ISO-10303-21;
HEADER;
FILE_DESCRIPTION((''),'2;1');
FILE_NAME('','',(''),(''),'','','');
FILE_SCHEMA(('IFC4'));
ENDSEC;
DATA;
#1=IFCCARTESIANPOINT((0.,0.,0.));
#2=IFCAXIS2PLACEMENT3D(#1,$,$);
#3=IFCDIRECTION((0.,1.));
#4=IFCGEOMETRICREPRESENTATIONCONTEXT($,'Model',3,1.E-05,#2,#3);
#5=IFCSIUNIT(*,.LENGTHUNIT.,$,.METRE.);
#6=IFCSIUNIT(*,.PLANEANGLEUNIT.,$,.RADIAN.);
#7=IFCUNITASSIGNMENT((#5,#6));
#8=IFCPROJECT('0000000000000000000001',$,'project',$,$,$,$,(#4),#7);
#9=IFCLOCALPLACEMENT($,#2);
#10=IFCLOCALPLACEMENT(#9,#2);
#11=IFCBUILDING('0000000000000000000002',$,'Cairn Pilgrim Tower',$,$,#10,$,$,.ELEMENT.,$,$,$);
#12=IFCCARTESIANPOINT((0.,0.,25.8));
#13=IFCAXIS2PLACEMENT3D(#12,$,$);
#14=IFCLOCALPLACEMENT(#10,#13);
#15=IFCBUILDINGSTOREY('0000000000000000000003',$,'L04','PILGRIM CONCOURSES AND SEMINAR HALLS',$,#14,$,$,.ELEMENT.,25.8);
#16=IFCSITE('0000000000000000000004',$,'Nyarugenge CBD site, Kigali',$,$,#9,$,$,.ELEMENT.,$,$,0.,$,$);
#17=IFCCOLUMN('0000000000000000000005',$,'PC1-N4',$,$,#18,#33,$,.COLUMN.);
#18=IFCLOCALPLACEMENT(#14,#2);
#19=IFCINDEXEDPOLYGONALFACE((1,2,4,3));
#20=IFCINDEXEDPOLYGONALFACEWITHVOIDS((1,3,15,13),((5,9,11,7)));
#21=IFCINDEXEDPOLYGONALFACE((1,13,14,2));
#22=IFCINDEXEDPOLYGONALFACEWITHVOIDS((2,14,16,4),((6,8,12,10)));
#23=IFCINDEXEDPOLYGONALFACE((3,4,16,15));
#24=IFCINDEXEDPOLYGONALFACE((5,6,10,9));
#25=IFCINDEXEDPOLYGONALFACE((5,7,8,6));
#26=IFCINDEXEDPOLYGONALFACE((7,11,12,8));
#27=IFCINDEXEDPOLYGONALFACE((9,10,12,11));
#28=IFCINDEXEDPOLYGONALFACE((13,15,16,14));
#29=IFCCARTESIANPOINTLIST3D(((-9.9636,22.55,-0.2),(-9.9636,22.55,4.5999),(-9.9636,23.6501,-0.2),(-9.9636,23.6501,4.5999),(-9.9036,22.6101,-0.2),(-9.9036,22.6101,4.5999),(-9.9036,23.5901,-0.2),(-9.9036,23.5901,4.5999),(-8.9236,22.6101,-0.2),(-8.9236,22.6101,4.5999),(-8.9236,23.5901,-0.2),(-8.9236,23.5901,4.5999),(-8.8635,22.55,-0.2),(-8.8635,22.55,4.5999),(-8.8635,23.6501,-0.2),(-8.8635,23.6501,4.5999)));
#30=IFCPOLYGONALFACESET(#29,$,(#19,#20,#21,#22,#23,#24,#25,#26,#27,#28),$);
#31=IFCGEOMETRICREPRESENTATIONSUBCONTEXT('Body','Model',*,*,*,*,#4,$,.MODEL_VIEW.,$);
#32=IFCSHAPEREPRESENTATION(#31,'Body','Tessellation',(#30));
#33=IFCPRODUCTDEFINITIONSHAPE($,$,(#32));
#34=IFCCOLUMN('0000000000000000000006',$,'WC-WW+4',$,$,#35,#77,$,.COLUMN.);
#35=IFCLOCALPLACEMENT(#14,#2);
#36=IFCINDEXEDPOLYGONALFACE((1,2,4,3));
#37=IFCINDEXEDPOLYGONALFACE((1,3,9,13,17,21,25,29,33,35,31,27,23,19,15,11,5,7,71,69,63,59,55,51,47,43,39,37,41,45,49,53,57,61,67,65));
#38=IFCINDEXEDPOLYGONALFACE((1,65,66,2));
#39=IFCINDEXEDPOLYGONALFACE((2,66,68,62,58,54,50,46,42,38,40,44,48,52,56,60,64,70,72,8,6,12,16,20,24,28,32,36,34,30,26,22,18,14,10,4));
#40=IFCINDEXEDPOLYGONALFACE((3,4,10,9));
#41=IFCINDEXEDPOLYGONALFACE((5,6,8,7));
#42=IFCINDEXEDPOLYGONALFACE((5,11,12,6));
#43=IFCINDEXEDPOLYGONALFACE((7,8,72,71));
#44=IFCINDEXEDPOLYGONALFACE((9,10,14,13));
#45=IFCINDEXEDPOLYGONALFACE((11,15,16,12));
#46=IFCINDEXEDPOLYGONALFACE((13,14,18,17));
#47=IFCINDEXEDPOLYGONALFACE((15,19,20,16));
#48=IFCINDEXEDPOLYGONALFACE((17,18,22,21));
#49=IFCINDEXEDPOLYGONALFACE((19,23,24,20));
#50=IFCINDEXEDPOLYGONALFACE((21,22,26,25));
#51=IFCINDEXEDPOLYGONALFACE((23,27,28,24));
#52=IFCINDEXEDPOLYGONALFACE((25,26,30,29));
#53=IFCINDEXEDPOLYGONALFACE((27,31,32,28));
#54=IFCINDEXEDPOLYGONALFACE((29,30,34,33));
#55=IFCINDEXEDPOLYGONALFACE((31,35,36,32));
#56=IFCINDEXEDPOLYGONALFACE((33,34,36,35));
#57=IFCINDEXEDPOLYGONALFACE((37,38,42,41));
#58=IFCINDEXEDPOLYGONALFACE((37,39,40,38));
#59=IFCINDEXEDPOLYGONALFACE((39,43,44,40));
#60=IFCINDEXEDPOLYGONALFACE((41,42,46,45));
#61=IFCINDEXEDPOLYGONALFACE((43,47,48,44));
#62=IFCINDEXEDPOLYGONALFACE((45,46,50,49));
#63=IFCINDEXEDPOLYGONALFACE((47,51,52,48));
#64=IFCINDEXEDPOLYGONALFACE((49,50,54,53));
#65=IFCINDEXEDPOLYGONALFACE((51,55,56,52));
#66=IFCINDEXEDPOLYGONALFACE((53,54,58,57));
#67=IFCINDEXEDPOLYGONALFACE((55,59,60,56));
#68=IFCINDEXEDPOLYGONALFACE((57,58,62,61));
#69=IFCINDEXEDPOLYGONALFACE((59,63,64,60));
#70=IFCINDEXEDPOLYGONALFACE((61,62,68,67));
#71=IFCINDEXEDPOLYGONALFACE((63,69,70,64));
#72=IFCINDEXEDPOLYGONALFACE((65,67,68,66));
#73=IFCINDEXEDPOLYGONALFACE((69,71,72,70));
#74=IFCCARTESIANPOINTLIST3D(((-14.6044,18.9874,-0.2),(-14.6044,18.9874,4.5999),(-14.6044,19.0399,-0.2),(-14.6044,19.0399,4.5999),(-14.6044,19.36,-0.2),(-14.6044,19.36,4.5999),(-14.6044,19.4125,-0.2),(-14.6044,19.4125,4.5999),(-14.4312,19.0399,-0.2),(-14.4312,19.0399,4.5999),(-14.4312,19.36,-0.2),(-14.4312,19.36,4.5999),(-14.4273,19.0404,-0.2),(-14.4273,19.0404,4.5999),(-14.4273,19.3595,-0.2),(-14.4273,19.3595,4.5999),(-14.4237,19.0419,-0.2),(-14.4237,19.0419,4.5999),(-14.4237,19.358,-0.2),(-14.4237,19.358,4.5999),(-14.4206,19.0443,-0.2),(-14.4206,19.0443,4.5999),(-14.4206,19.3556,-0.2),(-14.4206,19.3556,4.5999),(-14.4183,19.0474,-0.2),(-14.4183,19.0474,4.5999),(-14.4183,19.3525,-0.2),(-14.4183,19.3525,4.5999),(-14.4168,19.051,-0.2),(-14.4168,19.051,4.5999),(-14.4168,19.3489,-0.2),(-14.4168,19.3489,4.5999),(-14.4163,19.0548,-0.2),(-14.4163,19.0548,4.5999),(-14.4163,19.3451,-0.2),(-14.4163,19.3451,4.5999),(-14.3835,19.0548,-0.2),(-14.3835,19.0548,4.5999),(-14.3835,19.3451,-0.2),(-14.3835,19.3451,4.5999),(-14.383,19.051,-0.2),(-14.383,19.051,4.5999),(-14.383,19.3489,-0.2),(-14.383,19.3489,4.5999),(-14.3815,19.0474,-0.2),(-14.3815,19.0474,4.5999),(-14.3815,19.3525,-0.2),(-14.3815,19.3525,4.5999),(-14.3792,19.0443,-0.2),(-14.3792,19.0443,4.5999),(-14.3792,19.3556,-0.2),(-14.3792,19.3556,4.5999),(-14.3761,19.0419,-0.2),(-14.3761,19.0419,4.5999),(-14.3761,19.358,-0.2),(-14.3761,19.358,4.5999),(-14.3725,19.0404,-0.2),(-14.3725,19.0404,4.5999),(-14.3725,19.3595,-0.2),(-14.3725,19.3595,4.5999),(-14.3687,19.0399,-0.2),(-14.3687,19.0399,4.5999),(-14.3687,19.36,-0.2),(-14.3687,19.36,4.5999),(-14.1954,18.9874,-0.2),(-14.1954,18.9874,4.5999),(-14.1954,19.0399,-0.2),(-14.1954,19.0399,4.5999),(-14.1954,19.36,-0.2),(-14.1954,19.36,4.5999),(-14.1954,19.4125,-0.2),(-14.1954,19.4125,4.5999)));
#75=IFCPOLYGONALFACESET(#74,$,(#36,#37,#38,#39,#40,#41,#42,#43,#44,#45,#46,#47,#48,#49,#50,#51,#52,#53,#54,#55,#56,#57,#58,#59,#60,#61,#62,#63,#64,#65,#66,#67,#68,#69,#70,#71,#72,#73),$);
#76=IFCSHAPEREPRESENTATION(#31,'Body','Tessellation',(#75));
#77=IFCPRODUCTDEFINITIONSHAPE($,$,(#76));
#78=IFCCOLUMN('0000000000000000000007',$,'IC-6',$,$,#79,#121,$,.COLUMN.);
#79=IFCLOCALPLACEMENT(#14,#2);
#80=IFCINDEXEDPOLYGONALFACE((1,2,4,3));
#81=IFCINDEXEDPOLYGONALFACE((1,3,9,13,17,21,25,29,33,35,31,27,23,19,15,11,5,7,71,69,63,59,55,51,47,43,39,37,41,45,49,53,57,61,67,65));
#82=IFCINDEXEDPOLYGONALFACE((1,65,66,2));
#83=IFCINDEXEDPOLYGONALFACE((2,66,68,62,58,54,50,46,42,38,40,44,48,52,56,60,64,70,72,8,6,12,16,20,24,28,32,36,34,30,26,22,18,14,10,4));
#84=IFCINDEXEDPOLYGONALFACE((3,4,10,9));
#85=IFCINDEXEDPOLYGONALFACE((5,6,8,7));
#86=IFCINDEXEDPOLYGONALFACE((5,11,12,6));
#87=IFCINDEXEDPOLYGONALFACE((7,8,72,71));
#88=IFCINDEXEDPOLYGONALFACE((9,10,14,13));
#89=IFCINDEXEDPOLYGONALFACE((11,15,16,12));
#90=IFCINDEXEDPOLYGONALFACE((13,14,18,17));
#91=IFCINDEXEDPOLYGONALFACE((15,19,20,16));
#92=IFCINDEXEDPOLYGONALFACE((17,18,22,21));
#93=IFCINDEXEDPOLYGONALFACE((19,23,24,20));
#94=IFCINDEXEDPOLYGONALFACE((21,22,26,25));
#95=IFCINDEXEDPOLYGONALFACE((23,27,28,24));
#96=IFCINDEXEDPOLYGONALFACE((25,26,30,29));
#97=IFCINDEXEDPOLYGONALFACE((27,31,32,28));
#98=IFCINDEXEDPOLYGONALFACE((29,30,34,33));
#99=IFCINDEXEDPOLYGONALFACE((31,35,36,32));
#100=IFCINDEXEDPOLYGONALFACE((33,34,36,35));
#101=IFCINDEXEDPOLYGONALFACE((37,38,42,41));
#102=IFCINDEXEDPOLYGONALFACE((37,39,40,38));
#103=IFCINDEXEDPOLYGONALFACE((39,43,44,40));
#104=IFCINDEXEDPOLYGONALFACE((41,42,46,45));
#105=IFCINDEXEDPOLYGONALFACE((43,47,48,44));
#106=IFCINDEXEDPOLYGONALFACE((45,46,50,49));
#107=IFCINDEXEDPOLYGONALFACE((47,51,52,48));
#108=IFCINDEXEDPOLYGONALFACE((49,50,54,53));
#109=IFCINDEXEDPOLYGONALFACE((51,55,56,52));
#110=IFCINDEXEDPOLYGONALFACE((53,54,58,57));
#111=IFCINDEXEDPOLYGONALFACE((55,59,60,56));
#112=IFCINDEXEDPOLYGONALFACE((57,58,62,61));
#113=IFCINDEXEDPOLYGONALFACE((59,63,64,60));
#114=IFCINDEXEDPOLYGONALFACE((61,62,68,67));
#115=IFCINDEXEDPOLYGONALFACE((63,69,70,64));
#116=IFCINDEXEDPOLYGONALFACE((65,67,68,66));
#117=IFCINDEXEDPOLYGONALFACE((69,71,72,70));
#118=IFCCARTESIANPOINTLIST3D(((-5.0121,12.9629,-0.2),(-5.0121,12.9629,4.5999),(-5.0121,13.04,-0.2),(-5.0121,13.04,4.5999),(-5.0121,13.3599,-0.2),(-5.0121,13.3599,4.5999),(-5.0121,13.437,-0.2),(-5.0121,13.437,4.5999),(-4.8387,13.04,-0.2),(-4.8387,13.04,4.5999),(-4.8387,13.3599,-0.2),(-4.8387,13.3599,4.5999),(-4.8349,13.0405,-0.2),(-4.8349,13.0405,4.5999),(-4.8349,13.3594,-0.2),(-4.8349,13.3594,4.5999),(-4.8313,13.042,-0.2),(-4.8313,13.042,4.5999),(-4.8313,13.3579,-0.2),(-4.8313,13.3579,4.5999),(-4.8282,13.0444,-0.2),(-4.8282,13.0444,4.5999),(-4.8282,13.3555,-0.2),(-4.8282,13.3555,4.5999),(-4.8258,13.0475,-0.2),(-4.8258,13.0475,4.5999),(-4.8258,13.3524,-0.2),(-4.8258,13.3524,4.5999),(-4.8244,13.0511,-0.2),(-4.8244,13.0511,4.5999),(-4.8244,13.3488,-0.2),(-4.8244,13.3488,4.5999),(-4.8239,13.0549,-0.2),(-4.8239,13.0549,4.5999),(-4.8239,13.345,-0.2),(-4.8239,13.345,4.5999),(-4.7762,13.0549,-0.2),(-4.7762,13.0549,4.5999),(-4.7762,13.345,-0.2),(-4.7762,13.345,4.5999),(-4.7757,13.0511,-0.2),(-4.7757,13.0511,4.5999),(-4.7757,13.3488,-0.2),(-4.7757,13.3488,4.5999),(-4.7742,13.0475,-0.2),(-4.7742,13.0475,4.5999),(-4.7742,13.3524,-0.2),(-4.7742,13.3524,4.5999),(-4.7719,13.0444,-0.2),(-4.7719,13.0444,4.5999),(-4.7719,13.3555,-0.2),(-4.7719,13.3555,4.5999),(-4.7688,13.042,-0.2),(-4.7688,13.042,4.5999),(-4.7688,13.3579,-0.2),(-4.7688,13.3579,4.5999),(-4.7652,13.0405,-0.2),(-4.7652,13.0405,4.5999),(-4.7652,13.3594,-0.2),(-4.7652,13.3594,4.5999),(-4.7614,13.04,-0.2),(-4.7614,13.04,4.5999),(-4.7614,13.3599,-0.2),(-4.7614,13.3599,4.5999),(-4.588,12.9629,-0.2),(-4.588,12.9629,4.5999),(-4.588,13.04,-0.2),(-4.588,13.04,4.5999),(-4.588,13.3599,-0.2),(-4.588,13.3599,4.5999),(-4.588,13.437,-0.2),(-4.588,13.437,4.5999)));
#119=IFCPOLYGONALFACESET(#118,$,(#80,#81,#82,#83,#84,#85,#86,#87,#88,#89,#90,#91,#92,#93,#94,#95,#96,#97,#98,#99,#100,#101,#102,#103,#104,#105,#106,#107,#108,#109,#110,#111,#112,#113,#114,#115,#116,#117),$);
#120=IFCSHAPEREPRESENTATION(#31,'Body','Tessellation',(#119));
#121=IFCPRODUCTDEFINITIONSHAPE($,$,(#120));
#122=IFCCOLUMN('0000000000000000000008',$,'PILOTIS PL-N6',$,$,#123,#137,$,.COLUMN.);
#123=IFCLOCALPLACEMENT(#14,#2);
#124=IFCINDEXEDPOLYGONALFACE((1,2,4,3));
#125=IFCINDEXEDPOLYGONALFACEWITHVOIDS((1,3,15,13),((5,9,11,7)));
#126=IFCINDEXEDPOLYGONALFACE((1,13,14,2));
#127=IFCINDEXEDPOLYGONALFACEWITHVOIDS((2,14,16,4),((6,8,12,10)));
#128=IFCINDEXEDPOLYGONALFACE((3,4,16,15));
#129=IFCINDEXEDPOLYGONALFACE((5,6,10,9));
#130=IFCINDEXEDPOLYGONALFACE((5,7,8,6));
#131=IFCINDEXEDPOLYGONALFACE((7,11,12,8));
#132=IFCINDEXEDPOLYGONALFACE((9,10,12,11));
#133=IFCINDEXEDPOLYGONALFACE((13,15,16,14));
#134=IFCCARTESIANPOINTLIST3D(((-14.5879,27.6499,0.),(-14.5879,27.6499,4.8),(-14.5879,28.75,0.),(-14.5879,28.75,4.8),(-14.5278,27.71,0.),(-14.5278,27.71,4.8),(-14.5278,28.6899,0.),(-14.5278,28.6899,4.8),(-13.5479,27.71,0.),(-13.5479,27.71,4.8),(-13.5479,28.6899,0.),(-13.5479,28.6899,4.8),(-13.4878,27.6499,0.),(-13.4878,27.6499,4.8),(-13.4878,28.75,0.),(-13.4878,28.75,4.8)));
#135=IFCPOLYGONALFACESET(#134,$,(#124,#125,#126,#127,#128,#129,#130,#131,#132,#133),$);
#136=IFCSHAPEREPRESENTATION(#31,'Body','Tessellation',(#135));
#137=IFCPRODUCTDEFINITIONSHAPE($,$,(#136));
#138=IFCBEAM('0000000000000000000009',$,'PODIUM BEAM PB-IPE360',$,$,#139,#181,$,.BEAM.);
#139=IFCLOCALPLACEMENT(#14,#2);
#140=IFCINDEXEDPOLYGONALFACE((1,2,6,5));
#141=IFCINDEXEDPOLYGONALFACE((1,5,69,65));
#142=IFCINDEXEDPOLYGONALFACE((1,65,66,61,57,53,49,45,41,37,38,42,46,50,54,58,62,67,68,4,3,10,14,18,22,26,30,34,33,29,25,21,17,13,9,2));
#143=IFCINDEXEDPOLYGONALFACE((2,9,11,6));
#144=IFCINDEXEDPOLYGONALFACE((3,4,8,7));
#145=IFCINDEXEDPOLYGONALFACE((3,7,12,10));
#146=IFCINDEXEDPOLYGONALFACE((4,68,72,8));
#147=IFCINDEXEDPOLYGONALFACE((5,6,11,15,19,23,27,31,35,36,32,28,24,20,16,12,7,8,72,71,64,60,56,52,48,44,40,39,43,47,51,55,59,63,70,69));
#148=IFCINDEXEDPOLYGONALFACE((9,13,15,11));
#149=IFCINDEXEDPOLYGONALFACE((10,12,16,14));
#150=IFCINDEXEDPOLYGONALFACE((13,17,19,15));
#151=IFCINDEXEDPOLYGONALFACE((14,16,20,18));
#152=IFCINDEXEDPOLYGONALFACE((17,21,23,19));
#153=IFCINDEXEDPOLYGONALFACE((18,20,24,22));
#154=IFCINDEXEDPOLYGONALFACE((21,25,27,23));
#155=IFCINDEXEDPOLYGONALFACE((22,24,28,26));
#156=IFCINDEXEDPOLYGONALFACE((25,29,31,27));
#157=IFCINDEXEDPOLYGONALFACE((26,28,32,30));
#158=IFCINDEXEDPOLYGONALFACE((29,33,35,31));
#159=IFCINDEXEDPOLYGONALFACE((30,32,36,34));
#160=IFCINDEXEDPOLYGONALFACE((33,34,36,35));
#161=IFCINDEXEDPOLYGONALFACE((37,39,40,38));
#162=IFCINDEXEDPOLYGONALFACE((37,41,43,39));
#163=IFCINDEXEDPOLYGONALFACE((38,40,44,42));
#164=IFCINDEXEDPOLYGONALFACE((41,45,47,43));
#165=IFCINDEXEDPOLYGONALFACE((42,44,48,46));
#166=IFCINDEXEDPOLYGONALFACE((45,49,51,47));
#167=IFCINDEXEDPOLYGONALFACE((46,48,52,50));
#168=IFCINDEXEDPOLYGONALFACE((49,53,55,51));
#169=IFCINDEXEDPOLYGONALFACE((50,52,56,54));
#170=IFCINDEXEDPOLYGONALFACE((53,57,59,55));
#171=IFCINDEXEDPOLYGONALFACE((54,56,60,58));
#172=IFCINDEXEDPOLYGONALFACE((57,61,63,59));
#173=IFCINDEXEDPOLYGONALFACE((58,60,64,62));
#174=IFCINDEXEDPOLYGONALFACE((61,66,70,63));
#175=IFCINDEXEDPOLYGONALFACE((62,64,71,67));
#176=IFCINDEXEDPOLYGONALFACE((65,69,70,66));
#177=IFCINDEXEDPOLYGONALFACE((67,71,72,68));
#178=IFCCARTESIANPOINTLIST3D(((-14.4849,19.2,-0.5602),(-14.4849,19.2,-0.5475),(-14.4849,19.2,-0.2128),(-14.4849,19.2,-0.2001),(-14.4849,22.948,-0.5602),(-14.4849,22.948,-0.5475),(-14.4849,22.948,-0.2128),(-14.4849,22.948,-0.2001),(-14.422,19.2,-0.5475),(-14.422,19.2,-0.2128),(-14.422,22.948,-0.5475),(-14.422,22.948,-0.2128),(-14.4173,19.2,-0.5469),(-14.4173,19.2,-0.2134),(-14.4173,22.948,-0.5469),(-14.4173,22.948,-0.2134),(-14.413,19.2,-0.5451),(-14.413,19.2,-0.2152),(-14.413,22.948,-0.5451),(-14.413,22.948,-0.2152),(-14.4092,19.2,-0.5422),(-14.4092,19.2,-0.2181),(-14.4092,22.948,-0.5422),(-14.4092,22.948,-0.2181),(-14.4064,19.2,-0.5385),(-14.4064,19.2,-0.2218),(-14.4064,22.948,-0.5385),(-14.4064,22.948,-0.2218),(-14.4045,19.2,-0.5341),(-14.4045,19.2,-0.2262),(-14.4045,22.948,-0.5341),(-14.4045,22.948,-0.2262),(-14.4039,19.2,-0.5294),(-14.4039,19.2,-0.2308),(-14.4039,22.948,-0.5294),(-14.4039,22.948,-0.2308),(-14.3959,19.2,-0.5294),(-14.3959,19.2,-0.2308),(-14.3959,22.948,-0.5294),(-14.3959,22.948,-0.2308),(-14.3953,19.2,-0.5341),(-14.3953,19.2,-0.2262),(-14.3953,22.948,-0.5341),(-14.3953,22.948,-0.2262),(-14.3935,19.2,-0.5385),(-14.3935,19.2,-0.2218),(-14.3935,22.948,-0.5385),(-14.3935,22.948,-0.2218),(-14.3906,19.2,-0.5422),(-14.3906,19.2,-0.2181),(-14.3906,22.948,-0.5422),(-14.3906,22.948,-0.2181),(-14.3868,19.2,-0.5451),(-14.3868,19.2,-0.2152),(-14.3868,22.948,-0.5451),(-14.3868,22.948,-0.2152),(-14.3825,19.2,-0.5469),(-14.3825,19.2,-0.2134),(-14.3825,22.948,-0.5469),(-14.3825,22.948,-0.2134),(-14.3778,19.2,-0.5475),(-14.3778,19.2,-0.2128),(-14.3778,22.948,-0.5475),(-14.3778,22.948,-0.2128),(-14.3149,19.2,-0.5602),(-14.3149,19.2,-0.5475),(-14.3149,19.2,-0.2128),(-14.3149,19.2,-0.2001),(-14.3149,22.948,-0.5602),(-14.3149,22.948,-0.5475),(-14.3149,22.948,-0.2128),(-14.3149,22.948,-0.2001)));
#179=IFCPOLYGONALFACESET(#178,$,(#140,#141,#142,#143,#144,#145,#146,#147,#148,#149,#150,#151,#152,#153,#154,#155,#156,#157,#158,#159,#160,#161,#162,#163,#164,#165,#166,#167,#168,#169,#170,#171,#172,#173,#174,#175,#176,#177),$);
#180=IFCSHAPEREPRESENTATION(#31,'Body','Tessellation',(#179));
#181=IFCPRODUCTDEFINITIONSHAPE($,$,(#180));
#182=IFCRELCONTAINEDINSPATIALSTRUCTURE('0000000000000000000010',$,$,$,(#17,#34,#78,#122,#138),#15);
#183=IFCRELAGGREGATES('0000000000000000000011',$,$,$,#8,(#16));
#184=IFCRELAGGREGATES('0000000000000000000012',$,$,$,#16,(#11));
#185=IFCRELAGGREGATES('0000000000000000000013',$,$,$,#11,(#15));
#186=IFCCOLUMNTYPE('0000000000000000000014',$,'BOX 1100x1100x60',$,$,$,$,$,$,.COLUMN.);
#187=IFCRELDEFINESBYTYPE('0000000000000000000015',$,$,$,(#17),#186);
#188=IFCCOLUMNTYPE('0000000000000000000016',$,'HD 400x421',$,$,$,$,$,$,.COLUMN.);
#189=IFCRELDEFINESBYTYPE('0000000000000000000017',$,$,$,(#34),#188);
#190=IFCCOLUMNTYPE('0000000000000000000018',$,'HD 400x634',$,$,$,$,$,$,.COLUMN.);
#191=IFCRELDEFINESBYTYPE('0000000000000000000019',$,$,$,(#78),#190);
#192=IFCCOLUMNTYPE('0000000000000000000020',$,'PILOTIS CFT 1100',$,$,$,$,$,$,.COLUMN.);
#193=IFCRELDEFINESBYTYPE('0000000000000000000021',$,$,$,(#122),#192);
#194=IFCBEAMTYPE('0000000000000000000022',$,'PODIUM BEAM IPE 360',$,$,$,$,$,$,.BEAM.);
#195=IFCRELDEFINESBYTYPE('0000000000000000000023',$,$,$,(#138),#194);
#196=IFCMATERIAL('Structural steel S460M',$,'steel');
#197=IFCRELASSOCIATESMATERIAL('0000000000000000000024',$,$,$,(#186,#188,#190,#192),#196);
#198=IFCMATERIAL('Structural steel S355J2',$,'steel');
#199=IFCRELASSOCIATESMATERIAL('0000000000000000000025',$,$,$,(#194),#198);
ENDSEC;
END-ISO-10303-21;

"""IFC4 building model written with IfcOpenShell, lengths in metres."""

from ifc_helpers import new_model, si_unit, direction, frame, origin, origin_2d, place, context, subcontext, project, spatial, hollow_rectangle, i_section, extrude, material, material_profile, profile_set, type_object, element, save


model = new_model("IFC4")

# Units and contexts
model_context = context("Model", 3, precision=1e-05, world=origin(), true_north=direction((0.0, 1.0)))
body_context = subcontext(model_context, "Body", "Model", "MODEL_VIEW")
ifc_project = project(units=[si_unit("LENGTHUNIT", "METRE"), si_unit("PLANEANGLEUNIT", "RADIAN")], contexts=[model_context])

# Site, building, storey
site_placement = place(None, origin())
site = spatial("IfcSite", under=ifc_project, at=site_placement, Name="Nyarugenge CBD site, Kigali", CompositionType="ELEMENT", RefElevation=0.0)
building_placement = place(site_placement, origin())
building = spatial("IfcBuilding", under=site, at=building_placement, Name="Cairn Pilgrim Tower", CompositionType="ELEMENT")
storey_placement = place(building_placement, frame((0.0, 0.0, 25.8)))
storey = spatial("IfcBuildingStorey", under=building, at=storey_placement, Name="L04", Description="PILGRIM CONCOURSES AND SEMINAR HALLS", CompositionType="ELEMENT", Elevation=25.8)

# Columns
ifc_material_1 = material(Name="Structural steel S460M", Category="steel")
ifc_material_profile_1 = material_profile(ifc_material_1, hollow_rectangle(XDim=1.1001, YDim=1.1001, WallThickness=0.0601, at=origin_2d()), Name="BOX 1100x1100x60")
ifc_profile_set_1 = profile_set([ifc_material_profile_1], Name="Structural steel S460M")
column_type_1 = type_object("IfcColumnType", Name="BOX 1100x1100x60", PredefinedType="COLUMN", material=ifc_profile_set_1)
column_1_placement = place(storey_placement, frame((-9.4136, 23.1001, -0.2), z_axis=(0.0, 0.0, 1.0), x_axis=(1.0, 0.0, 0.0)))
element("IfcColumn", 1, at=column_1_placement, inside=storey, type_object=column_type_1, Name="PC1-N4", PredefinedType="COLUMN", context=body_context, shape_type="SweptSolid", body=[
    extrude(hollow_rectangle(XDim=1.1001, YDim=1.1001, WallThickness=0.0601, at=origin_2d()), origin(), (0.0, 0.0, 1.0), 4.7998),
])
ifc_material_profile_2 = material_profile(ifc_material_1, i_section(OverallWidth=0.4089, OverallDepth=0.425, WebThickness=0.0327, FlangeThickness=0.0525, FilletRadius=0.0149, at=origin_2d()), Name="HD 400x421")
ifc_profile_set_2 = profile_set([ifc_material_profile_2], Name="Structural steel S460M")
column_type_2 = type_object("IfcColumnType", Name="HD 400x421", PredefinedType="COLUMN", material=ifc_profile_set_2)
column_2_placement = place(storey_placement, frame((-14.3999, 19.2, -0.2), z_axis=(0.0, 0.0, 1.0), x_axis=(1.0, 0.0, 0.0)))
element("IfcColumn", 2, at=column_2_placement, inside=storey, type_object=column_type_2, Name="WC-WW+4", PredefinedType="COLUMN", context=body_context, shape_type="SweptSolid", body=[
    extrude(i_section(OverallWidth=0.4089, OverallDepth=0.425, WebThickness=0.0327, FlangeThickness=0.0525, FilletRadius=0.0149, at=origin_2d()), origin(), (0.0, 0.0, 1.0), 4.7998),
])
ifc_material_profile_3 = material_profile(ifc_material_1, i_section(OverallWidth=0.4241, OverallDepth=0.4741, WebThickness=0.0476, FlangeThickness=0.0771, FilletRadius=0.0149, at=origin_2d()), Name="HD 400x634")
ifc_profile_set_3 = profile_set([ifc_material_profile_3], Name="Structural steel S460M")
column_type_3 = type_object("IfcColumnType", Name="HD 400x634", PredefinedType="COLUMN", material=ifc_profile_set_3)
column_3_placement = place(storey_placement, frame((-4.8, 13.2, -0.2), z_axis=(0.0, 0.0, 1.0), x_axis=(1.0, 0.0, 0.0)))
element("IfcColumn", 3, at=column_3_placement, inside=storey, type_object=column_type_3, Name="IC-6", PredefinedType="COLUMN", context=body_context, shape_type="SweptSolid", body=[
    extrude(i_section(OverallWidth=0.4241, OverallDepth=0.4741, WebThickness=0.0476, FlangeThickness=0.0771, FilletRadius=0.0149, at=origin_2d()), origin(), (0.0, 0.0, 1.0), 4.7998),
])
ifc_material_profile_4 = material_profile(ifc_material_1, hollow_rectangle(XDim=1.1001, YDim=1.1001, WallThickness=0.0601, at=origin_2d()), Name="BOX 1100x1100x60")
ifc_profile_set_4 = profile_set([ifc_material_profile_4], Name="Structural steel S460M")
column_type_4 = type_object("IfcColumnType", Name="PILOTIS CFT 1100", PredefinedType="COLUMN", material=ifc_profile_set_4)
column_4_placement = place(storey_placement, frame((-14.0378, 28.2, 0.0), z_axis=(0.0, 0.0, 1.0), x_axis=(1.0, 0.0, 0.0)))
element("IfcColumn", 4, at=column_4_placement, inside=storey, type_object=column_type_4, Name="PILOTIS PL-N6", PredefinedType="COLUMN", context=body_context, shape_type="SweptSolid", body=[
    extrude(hollow_rectangle(XDim=1.1001, YDim=1.1001, WallThickness=0.0601, at=origin_2d()), origin(), (0.0, 0.0, 1.0), 4.8),
])

# Beam
ifc_material_2 = material(Name="Structural steel S355J2", Category="steel")
ifc_material_profile_5 = material_profile(ifc_material_2, i_section(OverallWidth=0.1699, OverallDepth=0.3601, WebThickness=0.0081, FlangeThickness=0.0127, FilletRadius=0.0181, at=origin_2d()), Name="IPE 360")
ifc_profile_set_5 = profile_set([ifc_material_profile_5], Name="Structural steel S355J2")
beam_type_1 = type_object("IfcBeamType", Name="PODIUM BEAM IPE 360", PredefinedType="BEAM", material=ifc_profile_set_5)
beam_1_placement = place(storey_placement, frame((-14.3999, 19.2, -0.3801), z_axis=(0.0, 1.0, 0.0), x_axis=(-1.0, 0.0, 0.0)))
element("IfcBeam", 5, at=beam_1_placement, inside=storey, type_object=beam_type_1, Name="PODIUM BEAM PB-IPE360", PredefinedType="BEAM", context=body_context, shape_type="SweptSolid", body=[
    extrude(i_section(OverallWidth=0.1699, OverallDepth=0.3601, WebThickness=0.0081, FlangeThickness=0.0127, FilletRadius=0.0181, at=origin_2d()), origin(), (0.0, 0.0, 1.0), 3.748),
])

save(model, "model.ifc")
